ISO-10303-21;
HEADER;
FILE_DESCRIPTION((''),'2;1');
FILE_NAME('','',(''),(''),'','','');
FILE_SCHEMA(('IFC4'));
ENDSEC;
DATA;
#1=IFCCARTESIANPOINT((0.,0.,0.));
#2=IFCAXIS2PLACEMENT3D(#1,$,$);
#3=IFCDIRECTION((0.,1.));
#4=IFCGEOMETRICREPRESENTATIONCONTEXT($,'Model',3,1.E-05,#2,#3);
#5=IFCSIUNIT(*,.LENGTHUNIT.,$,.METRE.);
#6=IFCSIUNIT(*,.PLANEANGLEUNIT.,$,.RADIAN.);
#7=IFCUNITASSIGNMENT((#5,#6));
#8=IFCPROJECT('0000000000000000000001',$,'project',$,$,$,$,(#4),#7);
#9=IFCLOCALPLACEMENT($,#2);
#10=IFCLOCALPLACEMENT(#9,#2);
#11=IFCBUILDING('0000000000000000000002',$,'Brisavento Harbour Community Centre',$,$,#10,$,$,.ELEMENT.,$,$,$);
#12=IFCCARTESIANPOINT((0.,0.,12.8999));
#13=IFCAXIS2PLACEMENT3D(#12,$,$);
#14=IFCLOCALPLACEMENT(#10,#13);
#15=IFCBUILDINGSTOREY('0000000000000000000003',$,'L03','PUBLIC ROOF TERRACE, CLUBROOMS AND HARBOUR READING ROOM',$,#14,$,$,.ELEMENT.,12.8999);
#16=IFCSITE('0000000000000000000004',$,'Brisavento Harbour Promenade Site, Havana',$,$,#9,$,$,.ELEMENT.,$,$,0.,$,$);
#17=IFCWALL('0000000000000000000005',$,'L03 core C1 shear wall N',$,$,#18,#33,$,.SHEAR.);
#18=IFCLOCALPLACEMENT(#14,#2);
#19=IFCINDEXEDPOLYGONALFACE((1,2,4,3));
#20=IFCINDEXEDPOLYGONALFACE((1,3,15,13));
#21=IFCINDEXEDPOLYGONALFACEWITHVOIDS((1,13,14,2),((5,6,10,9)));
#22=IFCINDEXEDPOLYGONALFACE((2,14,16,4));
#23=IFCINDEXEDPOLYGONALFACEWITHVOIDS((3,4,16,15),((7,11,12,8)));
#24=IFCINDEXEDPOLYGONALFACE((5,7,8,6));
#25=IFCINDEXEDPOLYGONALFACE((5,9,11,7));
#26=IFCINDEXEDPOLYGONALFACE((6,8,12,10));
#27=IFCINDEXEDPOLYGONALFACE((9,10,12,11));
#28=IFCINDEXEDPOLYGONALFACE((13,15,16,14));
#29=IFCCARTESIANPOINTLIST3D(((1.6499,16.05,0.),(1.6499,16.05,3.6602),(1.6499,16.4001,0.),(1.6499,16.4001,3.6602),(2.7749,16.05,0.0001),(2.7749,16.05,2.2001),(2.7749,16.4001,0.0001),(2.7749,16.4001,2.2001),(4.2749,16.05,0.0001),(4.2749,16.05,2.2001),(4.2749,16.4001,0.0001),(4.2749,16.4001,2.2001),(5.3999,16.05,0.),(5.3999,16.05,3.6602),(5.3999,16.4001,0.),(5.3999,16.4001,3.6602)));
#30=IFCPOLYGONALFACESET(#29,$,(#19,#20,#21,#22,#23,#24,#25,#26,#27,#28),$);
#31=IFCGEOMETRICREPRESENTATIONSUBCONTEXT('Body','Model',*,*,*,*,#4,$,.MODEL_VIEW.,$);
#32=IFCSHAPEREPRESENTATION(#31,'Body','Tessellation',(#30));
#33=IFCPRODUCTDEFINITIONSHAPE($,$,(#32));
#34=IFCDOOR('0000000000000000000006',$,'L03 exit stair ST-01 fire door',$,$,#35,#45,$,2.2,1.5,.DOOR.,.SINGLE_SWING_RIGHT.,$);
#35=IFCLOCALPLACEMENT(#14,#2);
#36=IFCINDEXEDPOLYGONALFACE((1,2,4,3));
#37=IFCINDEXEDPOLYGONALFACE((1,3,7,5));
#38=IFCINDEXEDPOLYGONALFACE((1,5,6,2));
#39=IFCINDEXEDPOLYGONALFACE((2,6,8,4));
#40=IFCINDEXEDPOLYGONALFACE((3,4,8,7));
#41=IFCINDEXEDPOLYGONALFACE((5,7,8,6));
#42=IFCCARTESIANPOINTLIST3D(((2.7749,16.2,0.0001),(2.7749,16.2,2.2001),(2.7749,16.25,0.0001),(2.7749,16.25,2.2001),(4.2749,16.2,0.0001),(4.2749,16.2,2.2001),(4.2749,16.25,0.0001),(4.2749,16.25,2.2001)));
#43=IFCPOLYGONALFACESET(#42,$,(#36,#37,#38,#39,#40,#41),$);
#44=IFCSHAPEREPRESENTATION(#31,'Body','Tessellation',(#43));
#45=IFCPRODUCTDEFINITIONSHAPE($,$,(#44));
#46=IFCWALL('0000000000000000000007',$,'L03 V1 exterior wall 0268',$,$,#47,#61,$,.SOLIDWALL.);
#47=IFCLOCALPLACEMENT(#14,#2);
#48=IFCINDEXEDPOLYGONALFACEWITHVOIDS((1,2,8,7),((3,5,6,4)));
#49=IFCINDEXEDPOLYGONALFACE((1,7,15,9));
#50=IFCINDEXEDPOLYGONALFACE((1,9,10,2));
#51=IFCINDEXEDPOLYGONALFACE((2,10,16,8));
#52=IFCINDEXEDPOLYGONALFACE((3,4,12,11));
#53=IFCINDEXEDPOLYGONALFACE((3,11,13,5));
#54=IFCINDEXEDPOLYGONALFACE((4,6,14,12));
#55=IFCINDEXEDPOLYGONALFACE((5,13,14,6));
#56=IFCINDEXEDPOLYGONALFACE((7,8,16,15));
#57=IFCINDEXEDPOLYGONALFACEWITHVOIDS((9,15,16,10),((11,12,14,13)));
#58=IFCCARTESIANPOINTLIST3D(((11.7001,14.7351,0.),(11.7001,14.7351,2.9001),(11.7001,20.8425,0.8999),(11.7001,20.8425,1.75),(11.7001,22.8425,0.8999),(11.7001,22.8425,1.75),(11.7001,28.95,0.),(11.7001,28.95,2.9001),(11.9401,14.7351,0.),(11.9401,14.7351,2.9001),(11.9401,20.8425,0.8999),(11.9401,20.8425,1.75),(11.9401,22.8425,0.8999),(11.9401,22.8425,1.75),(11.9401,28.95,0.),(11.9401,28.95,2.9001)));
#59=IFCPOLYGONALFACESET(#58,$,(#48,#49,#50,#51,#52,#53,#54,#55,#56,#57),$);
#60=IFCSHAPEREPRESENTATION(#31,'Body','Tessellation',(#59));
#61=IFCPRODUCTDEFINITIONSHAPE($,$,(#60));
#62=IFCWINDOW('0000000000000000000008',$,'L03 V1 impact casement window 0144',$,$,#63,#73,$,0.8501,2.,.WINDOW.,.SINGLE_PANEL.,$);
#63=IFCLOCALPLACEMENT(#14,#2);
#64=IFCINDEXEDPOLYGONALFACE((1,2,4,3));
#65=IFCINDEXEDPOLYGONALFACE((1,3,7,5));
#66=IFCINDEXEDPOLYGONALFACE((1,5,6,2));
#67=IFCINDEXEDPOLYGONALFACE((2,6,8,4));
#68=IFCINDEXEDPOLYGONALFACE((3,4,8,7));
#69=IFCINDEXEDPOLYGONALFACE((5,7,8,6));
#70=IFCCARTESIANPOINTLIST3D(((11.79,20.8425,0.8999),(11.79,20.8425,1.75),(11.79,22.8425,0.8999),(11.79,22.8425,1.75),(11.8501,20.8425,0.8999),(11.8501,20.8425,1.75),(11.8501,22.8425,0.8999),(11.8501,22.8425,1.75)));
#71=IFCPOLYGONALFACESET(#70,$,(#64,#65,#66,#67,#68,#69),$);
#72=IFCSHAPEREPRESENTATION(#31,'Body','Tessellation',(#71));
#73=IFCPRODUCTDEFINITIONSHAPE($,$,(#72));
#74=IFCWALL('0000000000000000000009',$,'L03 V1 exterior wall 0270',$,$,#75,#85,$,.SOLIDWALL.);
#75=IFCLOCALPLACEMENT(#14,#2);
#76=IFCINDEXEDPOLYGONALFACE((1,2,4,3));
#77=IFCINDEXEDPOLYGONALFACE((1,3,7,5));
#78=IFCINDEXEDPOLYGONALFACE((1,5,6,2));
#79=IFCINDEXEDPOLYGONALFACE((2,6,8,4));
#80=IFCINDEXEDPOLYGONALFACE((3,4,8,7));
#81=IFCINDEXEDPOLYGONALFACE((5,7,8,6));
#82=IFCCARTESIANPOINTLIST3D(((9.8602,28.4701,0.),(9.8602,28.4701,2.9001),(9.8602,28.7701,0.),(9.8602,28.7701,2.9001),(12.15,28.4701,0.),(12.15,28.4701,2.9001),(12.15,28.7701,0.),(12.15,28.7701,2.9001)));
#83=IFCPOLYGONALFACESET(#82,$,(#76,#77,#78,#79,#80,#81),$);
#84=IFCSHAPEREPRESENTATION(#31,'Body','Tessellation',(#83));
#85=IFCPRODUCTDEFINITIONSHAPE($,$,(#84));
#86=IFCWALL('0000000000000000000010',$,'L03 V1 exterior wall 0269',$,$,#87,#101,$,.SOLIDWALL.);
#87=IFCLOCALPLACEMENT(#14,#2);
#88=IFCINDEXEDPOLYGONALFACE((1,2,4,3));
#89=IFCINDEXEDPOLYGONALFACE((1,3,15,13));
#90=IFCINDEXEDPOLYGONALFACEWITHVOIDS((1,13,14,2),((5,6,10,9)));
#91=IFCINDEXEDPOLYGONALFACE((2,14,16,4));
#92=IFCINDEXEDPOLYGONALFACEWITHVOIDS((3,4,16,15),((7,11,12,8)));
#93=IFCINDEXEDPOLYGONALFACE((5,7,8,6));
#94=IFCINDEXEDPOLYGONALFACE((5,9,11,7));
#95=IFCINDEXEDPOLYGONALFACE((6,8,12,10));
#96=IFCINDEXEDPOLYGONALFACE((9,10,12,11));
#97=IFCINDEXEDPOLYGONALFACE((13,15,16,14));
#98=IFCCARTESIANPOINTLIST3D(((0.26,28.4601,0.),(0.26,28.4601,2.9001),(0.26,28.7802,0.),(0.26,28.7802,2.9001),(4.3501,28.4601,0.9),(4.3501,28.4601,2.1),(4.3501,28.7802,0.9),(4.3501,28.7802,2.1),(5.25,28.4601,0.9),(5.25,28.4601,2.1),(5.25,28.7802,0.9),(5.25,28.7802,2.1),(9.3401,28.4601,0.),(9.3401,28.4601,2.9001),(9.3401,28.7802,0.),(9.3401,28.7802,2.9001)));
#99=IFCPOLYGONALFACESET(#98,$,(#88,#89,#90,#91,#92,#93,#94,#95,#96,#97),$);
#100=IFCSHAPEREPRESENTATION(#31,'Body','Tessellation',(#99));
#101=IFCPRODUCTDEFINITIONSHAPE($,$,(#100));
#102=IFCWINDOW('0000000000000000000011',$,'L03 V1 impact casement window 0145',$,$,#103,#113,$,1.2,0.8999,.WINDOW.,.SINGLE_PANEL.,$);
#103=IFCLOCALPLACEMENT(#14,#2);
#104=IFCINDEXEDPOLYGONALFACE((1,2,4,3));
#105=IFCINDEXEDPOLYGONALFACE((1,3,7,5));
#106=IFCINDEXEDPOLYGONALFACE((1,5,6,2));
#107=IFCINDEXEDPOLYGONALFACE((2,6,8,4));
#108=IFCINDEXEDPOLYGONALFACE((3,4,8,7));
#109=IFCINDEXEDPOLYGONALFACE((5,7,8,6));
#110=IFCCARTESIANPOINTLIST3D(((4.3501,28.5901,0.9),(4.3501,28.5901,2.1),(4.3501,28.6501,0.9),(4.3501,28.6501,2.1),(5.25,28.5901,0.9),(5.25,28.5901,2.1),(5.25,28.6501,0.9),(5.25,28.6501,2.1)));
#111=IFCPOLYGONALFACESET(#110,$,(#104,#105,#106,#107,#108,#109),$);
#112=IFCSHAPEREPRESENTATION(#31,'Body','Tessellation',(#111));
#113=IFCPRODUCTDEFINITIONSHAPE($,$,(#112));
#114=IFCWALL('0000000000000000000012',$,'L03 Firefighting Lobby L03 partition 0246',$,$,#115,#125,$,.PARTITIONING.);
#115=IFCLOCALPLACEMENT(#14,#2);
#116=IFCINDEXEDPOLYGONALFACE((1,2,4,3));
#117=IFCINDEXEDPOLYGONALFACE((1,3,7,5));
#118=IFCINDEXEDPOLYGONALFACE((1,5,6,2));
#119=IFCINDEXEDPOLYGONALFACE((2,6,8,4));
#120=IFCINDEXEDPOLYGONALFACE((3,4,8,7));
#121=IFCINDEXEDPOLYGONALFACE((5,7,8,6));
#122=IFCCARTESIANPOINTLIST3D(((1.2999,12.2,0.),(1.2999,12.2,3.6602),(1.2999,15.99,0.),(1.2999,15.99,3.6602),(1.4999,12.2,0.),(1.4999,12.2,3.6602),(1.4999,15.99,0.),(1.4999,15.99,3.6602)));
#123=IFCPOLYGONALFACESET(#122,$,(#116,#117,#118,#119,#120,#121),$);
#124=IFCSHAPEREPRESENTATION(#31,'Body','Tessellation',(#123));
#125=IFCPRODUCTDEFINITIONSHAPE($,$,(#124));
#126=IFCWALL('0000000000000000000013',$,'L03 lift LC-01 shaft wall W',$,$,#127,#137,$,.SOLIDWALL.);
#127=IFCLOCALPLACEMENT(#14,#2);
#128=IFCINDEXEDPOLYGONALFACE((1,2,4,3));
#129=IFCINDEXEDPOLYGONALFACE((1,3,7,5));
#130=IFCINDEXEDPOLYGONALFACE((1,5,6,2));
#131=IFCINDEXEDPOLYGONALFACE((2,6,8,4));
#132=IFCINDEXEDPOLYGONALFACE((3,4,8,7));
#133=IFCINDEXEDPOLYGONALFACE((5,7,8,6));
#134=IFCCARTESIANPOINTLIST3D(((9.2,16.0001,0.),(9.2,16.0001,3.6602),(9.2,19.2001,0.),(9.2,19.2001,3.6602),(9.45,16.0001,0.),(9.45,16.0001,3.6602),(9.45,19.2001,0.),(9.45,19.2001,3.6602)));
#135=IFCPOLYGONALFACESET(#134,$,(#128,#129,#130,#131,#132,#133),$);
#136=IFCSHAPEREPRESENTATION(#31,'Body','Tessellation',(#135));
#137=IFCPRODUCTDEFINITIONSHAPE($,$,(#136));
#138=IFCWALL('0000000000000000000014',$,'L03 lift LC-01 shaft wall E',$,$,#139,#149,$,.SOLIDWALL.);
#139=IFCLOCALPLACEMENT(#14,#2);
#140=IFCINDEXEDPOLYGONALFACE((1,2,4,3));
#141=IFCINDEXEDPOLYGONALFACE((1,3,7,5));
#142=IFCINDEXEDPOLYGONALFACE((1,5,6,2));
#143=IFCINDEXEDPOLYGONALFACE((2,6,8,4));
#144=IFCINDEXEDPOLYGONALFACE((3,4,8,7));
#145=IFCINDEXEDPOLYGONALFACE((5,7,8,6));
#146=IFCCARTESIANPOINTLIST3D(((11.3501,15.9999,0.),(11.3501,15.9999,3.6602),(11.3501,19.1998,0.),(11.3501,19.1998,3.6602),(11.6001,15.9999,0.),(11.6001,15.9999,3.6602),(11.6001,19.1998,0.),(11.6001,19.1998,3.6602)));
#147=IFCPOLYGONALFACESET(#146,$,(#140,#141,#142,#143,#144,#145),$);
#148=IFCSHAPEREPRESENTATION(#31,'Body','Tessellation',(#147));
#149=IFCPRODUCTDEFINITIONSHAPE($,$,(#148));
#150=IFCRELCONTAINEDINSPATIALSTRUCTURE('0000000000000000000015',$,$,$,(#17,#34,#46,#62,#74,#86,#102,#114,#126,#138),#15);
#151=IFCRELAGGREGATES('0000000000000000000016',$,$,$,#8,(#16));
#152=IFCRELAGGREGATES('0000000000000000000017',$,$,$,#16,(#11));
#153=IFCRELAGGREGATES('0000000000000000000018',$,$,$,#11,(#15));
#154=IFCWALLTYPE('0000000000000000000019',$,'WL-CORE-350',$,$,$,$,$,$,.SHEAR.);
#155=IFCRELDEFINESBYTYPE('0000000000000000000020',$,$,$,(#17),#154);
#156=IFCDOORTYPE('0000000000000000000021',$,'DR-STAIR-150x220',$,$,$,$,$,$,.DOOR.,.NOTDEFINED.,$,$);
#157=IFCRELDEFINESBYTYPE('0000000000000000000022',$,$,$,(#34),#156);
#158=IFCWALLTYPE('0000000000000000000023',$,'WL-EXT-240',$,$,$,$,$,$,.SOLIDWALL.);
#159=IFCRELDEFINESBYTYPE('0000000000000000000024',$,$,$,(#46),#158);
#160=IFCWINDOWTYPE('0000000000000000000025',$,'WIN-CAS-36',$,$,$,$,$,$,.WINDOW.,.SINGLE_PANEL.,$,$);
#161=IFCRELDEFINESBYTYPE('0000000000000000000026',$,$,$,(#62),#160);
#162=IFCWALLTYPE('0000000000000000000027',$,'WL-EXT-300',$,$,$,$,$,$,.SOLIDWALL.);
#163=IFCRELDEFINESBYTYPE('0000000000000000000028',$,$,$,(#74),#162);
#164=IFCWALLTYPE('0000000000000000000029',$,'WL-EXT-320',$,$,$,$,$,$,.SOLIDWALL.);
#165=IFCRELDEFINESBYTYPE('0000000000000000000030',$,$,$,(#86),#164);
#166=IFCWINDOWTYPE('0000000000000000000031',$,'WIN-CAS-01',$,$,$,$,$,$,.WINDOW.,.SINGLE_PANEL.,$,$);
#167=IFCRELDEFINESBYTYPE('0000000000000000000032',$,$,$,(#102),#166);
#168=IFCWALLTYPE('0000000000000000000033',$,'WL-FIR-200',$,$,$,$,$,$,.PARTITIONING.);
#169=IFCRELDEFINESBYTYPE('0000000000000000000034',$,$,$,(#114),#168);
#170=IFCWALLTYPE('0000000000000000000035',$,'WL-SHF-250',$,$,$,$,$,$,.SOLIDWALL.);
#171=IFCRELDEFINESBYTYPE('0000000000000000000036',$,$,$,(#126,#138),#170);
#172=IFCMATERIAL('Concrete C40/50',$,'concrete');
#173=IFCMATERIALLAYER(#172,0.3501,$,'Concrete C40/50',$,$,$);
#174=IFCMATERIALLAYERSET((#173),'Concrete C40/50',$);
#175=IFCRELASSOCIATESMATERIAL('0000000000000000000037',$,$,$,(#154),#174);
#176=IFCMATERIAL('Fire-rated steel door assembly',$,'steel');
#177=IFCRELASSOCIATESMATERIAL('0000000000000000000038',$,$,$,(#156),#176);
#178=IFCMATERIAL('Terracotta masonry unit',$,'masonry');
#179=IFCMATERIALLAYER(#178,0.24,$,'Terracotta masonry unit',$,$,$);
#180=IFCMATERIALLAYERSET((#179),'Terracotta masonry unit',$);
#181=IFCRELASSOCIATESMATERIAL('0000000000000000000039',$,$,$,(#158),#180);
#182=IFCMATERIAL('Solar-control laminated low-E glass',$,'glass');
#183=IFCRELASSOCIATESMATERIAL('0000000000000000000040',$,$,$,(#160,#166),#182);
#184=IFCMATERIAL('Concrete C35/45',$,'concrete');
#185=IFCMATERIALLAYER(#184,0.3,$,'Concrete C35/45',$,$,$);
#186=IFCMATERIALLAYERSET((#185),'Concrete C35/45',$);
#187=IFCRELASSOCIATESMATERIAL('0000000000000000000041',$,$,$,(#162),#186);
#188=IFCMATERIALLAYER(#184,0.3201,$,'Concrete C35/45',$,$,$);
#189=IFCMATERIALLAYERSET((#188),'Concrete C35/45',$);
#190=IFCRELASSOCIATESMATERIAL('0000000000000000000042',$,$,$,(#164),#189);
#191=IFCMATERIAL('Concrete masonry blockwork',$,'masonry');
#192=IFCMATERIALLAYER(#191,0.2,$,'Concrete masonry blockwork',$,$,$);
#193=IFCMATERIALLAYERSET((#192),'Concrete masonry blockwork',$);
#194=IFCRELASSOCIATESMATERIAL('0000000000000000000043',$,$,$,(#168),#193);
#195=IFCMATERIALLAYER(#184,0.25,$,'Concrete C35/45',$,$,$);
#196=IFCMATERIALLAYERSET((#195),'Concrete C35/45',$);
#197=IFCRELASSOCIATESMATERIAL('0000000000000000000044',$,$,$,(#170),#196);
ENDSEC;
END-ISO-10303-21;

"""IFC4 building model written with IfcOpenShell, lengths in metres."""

from ifc_helpers import new_model, si_unit, direction, frame, frame_2d, origin, place, context, subcontext, project, spatial, rectangle, extrude, material, layer, layer_set, type_object, element, fill, save


model = new_model("IFC4")

# Units and contexts
model_context = context("Model", 3, precision=1e-05, world=origin(), true_north=direction((0.0, 1.0)))
body_context = subcontext(model_context, "Body", "Model", "MODEL_VIEW")
ifc_project = project(units=[si_unit("LENGTHUNIT", "METRE"), si_unit("PLANEANGLEUNIT", "RADIAN")], contexts=[model_context])

# Site, building, storey
site_placement = place(None, origin())
site = spatial("IfcSite", under=ifc_project, at=site_placement, Name="Brisavento Harbour Promenade Site, Havana", CompositionType="ELEMENT", RefElevation=0.0)
building_placement = place(site_placement, origin())
building = spatial("IfcBuilding", under=site, at=building_placement, Name="Brisavento Harbour Community Centre", CompositionType="ELEMENT")
storey_placement = place(building_placement, frame((0.0, 0.0, 12.8999)))
storey = spatial("IfcBuildingStorey", under=building, at=storey_placement, Name="L03", Description="PUBLIC ROOF TERRACE, CLUBROOMS AND HARBOUR READING ROOM", CompositionType="ELEMENT", Elevation=12.8999)

# Shared definitions
ifc_material_1 = material(Name="Concrete C35/45", Category="concrete")

# Shared definitions
ifc_material_2 = material(Name="Concrete C40/50", Category="concrete")
ifc_layer_1 = layer(ifc_material_2, 0.3501, Name="Concrete C40/50")
ifc_layer_set_1 = layer_set([ifc_layer_1], Name="Concrete C40/50")
wall_type_1 = type_object("IfcWallType", Name="WL-CORE-350", PredefinedType="SHEAR", material=ifc_layer_set_1)

# Wall, opening, door
wall_1_placement = place(storey_placement, frame((1.6499, 16.2251, 0.0), z_axis=(0.0, 0.0, 1.0), x_axis=(1.0, 0.0, 0.0)))
wall_1 = element("IfcWall", 1, at=wall_1_placement, inside=storey, type_object=wall_type_1, Name="L03 core C1 shear wall N", PredefinedType="SHEAR", context=body_context, shape_type="SweptSolid", body=[
    extrude(rectangle(XDim=3.75, YDim=0.3501, at=frame_2d((1.875, 0.0))), origin(), (0.0, 0.0, 1.0), 3.6602),
])
opening_1_placement = place(wall_1_placement, frame((1.125, 0.0, 0.0)))
opening_1 = element("IfcOpeningElement", 2, at=opening_1_placement, cuts=wall_1, PredefinedType="OPENING", context=body_context, shape_type="SweptSolid", body=[
    extrude(rectangle(XDim=1.5, YDim=2.2, at=frame_2d((0.75, 1.1001))), frame((0.0, 0.1851, 0.0), z_axis=(0.0, -1.0, 0.0), x_axis=(1.0, 0.0, 0.0)), (0.0, 0.0, 1.0), 0.3701),
])
ifc_material_3 = material(Name="Fire-rated steel door assembly", Category="steel")
door_type_1 = type_object("IfcDoorType", Name="DR-STAIR-150x220", OperationType="NOTDEFINED", PredefinedType="DOOR", material=ifc_material_3)
door_1_placement = place(opening_1_placement, origin())
door_1 = element("IfcDoor", 3, at=door_1_placement, inside=storey, type_object=door_type_1, Name="L03 exit stair ST-01 fire door", OperationType="SINGLE_SWING_RIGHT", OverallHeight=2.2, OverallWidth=1.5, PredefinedType="DOOR", context=body_context, shape_type="SweptSolid", body=[
    extrude(rectangle(XDim=1.5, YDim=2.2, at=frame_2d((0.75, 1.1001))), frame((0.0, 0.0249, 0.0), z_axis=(0.0, -1.0, 0.0), x_axis=(1.0, 0.0, 0.0)), (0.0, 0.0, 1.0), 0.05),
])
fill(opening_1, door_1)

# Wall, opening, window
ifc_material_4 = material(Name="Terracotta masonry unit", Category="masonry")
ifc_layer_2 = layer(ifc_material_4, 0.24, Name="Terracotta masonry unit")
ifc_layer_set_2 = layer_set([ifc_layer_2], Name="Terracotta masonry unit")
wall_type_2 = type_object("IfcWallType", Name="WL-EXT-240", PredefinedType="SOLIDWALL", material=ifc_layer_set_2)
wall_2_placement = place(storey_placement, frame((11.8201, 28.95, 0.0), z_axis=(0.0, 0.0, 1.0), x_axis=(0.0, -1.0, 0.0)))
wall_2 = element("IfcWall", 4, at=wall_2_placement, inside=storey, type_object=wall_type_2, Name="L03 V1 exterior wall 0268", PredefinedType="SOLIDWALL", context=body_context, shape_type="SweptSolid", body=[
    extrude(rectangle(XDim=14.2148, YDim=0.24, at=frame_2d((7.1074, 0.0))), origin(), (0.0, 0.0, 1.0), 2.9001),
])
opening_2_placement = place(wall_2_placement, frame((6.1074, 0.0, 0.8999)))
opening_2 = element("IfcOpeningElement", 5, at=opening_2_placement, cuts=wall_2, PredefinedType="OPENING", context=body_context, shape_type="SweptSolid", body=[
    extrude(rectangle(XDim=2.0, YDim=0.8501, at=frame_2d((1.0, 0.425))), frame((0.0, 0.1299, 0.0), z_axis=(0.0, -1.0, 0.0), x_axis=(1.0, 0.0, 0.0)), (0.0, 0.0, 1.0), 0.26),
])
ifc_material_5 = material(Name="Solar-control laminated low-E glass", Category="glass")
window_type_1 = type_object("IfcWindowType", Name="WIN-CAS-36", PartitioningType="SINGLE_PANEL", PredefinedType="WINDOW", material=ifc_material_5)
window_1_placement = place(opening_2_placement, origin())
window_1 = element("IfcWindow", 6, at=window_1_placement, inside=storey, type_object=window_type_1, Name="L03 V1 impact casement window 0144", OverallHeight=0.8501, OverallWidth=2.0, PartitioningType="SINGLE_PANEL", PredefinedType="WINDOW", context=body_context, shape_type="SweptSolid", body=[
    extrude(rectangle(XDim=2.0, YDim=0.8501, at=frame_2d((1.0, 0.425))), frame((0.0, 0.03, 0.0), z_axis=(0.0, -1.0, 0.0), x_axis=(1.0, 0.0, 0.0)), (0.0, 0.0, 1.0), 0.0601),
])
fill(opening_2, window_1)

# Wall
ifc_layer_3 = layer(ifc_material_1, 0.3, Name="Concrete C35/45")
ifc_layer_set_3 = layer_set([ifc_layer_3], Name="Concrete C35/45")
wall_type_3 = type_object("IfcWallType", Name="WL-EXT-300", PredefinedType="SOLIDWALL", material=ifc_layer_set_3)
wall_3_placement = place(storey_placement, frame((9.8601, 28.6201, 0.0), z_axis=(0.0, 0.0, 1.0), x_axis=(1.0, 0.0, 0.0)))
element("IfcWall", 7, at=wall_3_placement, inside=storey, type_object=wall_type_3, Name="L03 V1 exterior wall 0270", PredefinedType="SOLIDWALL", context=body_context, shape_type="SweptSolid", body=[
    extrude(rectangle(XDim=2.2898, YDim=0.3, at=frame_2d((1.145, 0.0))), origin(), (0.0, 0.0, 1.0), 2.9001),
])

# Wall, opening, window
ifc_layer_4 = layer(ifc_material_1, 0.3201, Name="Concrete C35/45")
ifc_layer_set_4 = layer_set([ifc_layer_4], Name="Concrete C35/45")
wall_type_4 = type_object("IfcWallType", Name="WL-EXT-320", PredefinedType="SOLIDWALL", material=ifc_layer_set_4)
wall_4_placement = place(storey_placement, frame((0.26, 28.6201, 0.0), z_axis=(0.0, 0.0, 1.0), x_axis=(1.0, 0.0, 0.0)))
wall_4 = element("IfcWall", 8, at=wall_4_placement, inside=storey, type_object=wall_type_4, Name="L03 V1 exterior wall 0269", PredefinedType="SOLIDWALL", context=body_context, shape_type="SweptSolid", body=[
    extrude(rectangle(XDim=9.0801, YDim=0.3201, at=frame_2d((4.54, 0.0))), origin(), (0.0, 0.0, 1.0), 2.9001),
])
opening_3_placement = place(wall_4_placement, frame((4.0901, 0.0, 0.8999)))
opening_3 = element("IfcOpeningElement", 9, at=opening_3_placement, cuts=wall_4, PredefinedType="OPENING", context=body_context, shape_type="SweptSolid", body=[
    extrude(rectangle(XDim=0.8999, YDim=1.2, at=frame_2d((0.45, 0.6001))), frame((0.0, 0.1699, 0.0), z_axis=(0.0, -1.0, 0.0), x_axis=(1.0, 0.0, 0.0)), (0.0, 0.0, 1.0), 0.3401),
])
window_type_2 = type_object("IfcWindowType", Name="WIN-CAS-01", PartitioningType="SINGLE_PANEL", PredefinedType="WINDOW", material=ifc_material_5)
window_2_placement = place(opening_3_placement, origin())
window_2 = element("IfcWindow", 10, at=window_2_placement, inside=storey, type_object=window_type_2, Name="L03 V1 impact casement window 0145", OverallHeight=1.2, OverallWidth=0.8999, PartitioningType="SINGLE_PANEL", PredefinedType="WINDOW", context=body_context, shape_type="SweptSolid", body=[
    extrude(rectangle(XDim=0.8999, YDim=1.2, at=frame_2d((0.45, 0.6001))), frame((0.0, 0.03, 0.0), z_axis=(0.0, -1.0, 0.0), x_axis=(1.0, 0.0, 0.0)), (0.0, 0.0, 1.0), 0.0601),
])
fill(opening_3, window_2)

# Wall
ifc_material_6 = material(Name="Concrete masonry blockwork", Category="masonry")
ifc_layer_5 = layer(ifc_material_6, 0.2, Name="Concrete masonry blockwork")
ifc_layer_set_5 = layer_set([ifc_layer_5], Name="Concrete masonry blockwork")
wall_type_5 = type_object("IfcWallType", Name="WL-FIR-200", PredefinedType="PARTITIONING", material=ifc_layer_set_5)
wall_5_placement = place(storey_placement, frame((1.3999, 15.99, 0.0), z_axis=(0.0, 0.0, 1.0), x_axis=(0.0, -1.0, 0.0)))
element("IfcWall", 11, at=wall_5_placement, inside=storey, type_object=wall_type_5, Name="L03 Firefighting Lobby L03 partition 0246", PredefinedType="PARTITIONING", context=body_context, shape_type="SweptSolid", body=[
    extrude(rectangle(XDim=3.79, YDim=0.2, at=frame_2d((1.895, 0.0))), origin(), (0.0, 0.0, 1.0), 3.6602),
])

# Walls
ifc_layer_6 = layer(ifc_material_1, 0.25, Name="Concrete C35/45")
ifc_layer_set_6 = layer_set([ifc_layer_6], Name="Concrete C35/45")
wall_type_6 = type_object("IfcWallType", Name="WL-SHF-250", PredefinedType="SOLIDWALL", material=ifc_layer_set_6)
for number, where, z_axis, x_axis, name in (
    (12, (9.325, 16.0, 0.0), (0.0, 0.0, 1.0), (0.0, 1.0, 0.0), "L03 lift LC-01 shaft wall W"),
    (13, (11.4751, 19.2, 0.0), (0.0, 0.0, 1.0), (0.0, -1.0, 0.0), "L03 lift LC-01 shaft wall E"),
):
    element("IfcWall", number, at=place(storey_placement, frame(where, z_axis=z_axis, x_axis=x_axis)), inside=storey, type_object=wall_type_6, Name=name, PredefinedType="SOLIDWALL", context=body_context, shape_type="SweptSolid", body=[
        extrude(rectangle(XDim=3.2, YDim=0.25, at=frame_2d((1.6001, 0.0))), origin(), (0.0, 0.0, 1.0), 3.6602),
    ])

save(model, "model.ifc")
